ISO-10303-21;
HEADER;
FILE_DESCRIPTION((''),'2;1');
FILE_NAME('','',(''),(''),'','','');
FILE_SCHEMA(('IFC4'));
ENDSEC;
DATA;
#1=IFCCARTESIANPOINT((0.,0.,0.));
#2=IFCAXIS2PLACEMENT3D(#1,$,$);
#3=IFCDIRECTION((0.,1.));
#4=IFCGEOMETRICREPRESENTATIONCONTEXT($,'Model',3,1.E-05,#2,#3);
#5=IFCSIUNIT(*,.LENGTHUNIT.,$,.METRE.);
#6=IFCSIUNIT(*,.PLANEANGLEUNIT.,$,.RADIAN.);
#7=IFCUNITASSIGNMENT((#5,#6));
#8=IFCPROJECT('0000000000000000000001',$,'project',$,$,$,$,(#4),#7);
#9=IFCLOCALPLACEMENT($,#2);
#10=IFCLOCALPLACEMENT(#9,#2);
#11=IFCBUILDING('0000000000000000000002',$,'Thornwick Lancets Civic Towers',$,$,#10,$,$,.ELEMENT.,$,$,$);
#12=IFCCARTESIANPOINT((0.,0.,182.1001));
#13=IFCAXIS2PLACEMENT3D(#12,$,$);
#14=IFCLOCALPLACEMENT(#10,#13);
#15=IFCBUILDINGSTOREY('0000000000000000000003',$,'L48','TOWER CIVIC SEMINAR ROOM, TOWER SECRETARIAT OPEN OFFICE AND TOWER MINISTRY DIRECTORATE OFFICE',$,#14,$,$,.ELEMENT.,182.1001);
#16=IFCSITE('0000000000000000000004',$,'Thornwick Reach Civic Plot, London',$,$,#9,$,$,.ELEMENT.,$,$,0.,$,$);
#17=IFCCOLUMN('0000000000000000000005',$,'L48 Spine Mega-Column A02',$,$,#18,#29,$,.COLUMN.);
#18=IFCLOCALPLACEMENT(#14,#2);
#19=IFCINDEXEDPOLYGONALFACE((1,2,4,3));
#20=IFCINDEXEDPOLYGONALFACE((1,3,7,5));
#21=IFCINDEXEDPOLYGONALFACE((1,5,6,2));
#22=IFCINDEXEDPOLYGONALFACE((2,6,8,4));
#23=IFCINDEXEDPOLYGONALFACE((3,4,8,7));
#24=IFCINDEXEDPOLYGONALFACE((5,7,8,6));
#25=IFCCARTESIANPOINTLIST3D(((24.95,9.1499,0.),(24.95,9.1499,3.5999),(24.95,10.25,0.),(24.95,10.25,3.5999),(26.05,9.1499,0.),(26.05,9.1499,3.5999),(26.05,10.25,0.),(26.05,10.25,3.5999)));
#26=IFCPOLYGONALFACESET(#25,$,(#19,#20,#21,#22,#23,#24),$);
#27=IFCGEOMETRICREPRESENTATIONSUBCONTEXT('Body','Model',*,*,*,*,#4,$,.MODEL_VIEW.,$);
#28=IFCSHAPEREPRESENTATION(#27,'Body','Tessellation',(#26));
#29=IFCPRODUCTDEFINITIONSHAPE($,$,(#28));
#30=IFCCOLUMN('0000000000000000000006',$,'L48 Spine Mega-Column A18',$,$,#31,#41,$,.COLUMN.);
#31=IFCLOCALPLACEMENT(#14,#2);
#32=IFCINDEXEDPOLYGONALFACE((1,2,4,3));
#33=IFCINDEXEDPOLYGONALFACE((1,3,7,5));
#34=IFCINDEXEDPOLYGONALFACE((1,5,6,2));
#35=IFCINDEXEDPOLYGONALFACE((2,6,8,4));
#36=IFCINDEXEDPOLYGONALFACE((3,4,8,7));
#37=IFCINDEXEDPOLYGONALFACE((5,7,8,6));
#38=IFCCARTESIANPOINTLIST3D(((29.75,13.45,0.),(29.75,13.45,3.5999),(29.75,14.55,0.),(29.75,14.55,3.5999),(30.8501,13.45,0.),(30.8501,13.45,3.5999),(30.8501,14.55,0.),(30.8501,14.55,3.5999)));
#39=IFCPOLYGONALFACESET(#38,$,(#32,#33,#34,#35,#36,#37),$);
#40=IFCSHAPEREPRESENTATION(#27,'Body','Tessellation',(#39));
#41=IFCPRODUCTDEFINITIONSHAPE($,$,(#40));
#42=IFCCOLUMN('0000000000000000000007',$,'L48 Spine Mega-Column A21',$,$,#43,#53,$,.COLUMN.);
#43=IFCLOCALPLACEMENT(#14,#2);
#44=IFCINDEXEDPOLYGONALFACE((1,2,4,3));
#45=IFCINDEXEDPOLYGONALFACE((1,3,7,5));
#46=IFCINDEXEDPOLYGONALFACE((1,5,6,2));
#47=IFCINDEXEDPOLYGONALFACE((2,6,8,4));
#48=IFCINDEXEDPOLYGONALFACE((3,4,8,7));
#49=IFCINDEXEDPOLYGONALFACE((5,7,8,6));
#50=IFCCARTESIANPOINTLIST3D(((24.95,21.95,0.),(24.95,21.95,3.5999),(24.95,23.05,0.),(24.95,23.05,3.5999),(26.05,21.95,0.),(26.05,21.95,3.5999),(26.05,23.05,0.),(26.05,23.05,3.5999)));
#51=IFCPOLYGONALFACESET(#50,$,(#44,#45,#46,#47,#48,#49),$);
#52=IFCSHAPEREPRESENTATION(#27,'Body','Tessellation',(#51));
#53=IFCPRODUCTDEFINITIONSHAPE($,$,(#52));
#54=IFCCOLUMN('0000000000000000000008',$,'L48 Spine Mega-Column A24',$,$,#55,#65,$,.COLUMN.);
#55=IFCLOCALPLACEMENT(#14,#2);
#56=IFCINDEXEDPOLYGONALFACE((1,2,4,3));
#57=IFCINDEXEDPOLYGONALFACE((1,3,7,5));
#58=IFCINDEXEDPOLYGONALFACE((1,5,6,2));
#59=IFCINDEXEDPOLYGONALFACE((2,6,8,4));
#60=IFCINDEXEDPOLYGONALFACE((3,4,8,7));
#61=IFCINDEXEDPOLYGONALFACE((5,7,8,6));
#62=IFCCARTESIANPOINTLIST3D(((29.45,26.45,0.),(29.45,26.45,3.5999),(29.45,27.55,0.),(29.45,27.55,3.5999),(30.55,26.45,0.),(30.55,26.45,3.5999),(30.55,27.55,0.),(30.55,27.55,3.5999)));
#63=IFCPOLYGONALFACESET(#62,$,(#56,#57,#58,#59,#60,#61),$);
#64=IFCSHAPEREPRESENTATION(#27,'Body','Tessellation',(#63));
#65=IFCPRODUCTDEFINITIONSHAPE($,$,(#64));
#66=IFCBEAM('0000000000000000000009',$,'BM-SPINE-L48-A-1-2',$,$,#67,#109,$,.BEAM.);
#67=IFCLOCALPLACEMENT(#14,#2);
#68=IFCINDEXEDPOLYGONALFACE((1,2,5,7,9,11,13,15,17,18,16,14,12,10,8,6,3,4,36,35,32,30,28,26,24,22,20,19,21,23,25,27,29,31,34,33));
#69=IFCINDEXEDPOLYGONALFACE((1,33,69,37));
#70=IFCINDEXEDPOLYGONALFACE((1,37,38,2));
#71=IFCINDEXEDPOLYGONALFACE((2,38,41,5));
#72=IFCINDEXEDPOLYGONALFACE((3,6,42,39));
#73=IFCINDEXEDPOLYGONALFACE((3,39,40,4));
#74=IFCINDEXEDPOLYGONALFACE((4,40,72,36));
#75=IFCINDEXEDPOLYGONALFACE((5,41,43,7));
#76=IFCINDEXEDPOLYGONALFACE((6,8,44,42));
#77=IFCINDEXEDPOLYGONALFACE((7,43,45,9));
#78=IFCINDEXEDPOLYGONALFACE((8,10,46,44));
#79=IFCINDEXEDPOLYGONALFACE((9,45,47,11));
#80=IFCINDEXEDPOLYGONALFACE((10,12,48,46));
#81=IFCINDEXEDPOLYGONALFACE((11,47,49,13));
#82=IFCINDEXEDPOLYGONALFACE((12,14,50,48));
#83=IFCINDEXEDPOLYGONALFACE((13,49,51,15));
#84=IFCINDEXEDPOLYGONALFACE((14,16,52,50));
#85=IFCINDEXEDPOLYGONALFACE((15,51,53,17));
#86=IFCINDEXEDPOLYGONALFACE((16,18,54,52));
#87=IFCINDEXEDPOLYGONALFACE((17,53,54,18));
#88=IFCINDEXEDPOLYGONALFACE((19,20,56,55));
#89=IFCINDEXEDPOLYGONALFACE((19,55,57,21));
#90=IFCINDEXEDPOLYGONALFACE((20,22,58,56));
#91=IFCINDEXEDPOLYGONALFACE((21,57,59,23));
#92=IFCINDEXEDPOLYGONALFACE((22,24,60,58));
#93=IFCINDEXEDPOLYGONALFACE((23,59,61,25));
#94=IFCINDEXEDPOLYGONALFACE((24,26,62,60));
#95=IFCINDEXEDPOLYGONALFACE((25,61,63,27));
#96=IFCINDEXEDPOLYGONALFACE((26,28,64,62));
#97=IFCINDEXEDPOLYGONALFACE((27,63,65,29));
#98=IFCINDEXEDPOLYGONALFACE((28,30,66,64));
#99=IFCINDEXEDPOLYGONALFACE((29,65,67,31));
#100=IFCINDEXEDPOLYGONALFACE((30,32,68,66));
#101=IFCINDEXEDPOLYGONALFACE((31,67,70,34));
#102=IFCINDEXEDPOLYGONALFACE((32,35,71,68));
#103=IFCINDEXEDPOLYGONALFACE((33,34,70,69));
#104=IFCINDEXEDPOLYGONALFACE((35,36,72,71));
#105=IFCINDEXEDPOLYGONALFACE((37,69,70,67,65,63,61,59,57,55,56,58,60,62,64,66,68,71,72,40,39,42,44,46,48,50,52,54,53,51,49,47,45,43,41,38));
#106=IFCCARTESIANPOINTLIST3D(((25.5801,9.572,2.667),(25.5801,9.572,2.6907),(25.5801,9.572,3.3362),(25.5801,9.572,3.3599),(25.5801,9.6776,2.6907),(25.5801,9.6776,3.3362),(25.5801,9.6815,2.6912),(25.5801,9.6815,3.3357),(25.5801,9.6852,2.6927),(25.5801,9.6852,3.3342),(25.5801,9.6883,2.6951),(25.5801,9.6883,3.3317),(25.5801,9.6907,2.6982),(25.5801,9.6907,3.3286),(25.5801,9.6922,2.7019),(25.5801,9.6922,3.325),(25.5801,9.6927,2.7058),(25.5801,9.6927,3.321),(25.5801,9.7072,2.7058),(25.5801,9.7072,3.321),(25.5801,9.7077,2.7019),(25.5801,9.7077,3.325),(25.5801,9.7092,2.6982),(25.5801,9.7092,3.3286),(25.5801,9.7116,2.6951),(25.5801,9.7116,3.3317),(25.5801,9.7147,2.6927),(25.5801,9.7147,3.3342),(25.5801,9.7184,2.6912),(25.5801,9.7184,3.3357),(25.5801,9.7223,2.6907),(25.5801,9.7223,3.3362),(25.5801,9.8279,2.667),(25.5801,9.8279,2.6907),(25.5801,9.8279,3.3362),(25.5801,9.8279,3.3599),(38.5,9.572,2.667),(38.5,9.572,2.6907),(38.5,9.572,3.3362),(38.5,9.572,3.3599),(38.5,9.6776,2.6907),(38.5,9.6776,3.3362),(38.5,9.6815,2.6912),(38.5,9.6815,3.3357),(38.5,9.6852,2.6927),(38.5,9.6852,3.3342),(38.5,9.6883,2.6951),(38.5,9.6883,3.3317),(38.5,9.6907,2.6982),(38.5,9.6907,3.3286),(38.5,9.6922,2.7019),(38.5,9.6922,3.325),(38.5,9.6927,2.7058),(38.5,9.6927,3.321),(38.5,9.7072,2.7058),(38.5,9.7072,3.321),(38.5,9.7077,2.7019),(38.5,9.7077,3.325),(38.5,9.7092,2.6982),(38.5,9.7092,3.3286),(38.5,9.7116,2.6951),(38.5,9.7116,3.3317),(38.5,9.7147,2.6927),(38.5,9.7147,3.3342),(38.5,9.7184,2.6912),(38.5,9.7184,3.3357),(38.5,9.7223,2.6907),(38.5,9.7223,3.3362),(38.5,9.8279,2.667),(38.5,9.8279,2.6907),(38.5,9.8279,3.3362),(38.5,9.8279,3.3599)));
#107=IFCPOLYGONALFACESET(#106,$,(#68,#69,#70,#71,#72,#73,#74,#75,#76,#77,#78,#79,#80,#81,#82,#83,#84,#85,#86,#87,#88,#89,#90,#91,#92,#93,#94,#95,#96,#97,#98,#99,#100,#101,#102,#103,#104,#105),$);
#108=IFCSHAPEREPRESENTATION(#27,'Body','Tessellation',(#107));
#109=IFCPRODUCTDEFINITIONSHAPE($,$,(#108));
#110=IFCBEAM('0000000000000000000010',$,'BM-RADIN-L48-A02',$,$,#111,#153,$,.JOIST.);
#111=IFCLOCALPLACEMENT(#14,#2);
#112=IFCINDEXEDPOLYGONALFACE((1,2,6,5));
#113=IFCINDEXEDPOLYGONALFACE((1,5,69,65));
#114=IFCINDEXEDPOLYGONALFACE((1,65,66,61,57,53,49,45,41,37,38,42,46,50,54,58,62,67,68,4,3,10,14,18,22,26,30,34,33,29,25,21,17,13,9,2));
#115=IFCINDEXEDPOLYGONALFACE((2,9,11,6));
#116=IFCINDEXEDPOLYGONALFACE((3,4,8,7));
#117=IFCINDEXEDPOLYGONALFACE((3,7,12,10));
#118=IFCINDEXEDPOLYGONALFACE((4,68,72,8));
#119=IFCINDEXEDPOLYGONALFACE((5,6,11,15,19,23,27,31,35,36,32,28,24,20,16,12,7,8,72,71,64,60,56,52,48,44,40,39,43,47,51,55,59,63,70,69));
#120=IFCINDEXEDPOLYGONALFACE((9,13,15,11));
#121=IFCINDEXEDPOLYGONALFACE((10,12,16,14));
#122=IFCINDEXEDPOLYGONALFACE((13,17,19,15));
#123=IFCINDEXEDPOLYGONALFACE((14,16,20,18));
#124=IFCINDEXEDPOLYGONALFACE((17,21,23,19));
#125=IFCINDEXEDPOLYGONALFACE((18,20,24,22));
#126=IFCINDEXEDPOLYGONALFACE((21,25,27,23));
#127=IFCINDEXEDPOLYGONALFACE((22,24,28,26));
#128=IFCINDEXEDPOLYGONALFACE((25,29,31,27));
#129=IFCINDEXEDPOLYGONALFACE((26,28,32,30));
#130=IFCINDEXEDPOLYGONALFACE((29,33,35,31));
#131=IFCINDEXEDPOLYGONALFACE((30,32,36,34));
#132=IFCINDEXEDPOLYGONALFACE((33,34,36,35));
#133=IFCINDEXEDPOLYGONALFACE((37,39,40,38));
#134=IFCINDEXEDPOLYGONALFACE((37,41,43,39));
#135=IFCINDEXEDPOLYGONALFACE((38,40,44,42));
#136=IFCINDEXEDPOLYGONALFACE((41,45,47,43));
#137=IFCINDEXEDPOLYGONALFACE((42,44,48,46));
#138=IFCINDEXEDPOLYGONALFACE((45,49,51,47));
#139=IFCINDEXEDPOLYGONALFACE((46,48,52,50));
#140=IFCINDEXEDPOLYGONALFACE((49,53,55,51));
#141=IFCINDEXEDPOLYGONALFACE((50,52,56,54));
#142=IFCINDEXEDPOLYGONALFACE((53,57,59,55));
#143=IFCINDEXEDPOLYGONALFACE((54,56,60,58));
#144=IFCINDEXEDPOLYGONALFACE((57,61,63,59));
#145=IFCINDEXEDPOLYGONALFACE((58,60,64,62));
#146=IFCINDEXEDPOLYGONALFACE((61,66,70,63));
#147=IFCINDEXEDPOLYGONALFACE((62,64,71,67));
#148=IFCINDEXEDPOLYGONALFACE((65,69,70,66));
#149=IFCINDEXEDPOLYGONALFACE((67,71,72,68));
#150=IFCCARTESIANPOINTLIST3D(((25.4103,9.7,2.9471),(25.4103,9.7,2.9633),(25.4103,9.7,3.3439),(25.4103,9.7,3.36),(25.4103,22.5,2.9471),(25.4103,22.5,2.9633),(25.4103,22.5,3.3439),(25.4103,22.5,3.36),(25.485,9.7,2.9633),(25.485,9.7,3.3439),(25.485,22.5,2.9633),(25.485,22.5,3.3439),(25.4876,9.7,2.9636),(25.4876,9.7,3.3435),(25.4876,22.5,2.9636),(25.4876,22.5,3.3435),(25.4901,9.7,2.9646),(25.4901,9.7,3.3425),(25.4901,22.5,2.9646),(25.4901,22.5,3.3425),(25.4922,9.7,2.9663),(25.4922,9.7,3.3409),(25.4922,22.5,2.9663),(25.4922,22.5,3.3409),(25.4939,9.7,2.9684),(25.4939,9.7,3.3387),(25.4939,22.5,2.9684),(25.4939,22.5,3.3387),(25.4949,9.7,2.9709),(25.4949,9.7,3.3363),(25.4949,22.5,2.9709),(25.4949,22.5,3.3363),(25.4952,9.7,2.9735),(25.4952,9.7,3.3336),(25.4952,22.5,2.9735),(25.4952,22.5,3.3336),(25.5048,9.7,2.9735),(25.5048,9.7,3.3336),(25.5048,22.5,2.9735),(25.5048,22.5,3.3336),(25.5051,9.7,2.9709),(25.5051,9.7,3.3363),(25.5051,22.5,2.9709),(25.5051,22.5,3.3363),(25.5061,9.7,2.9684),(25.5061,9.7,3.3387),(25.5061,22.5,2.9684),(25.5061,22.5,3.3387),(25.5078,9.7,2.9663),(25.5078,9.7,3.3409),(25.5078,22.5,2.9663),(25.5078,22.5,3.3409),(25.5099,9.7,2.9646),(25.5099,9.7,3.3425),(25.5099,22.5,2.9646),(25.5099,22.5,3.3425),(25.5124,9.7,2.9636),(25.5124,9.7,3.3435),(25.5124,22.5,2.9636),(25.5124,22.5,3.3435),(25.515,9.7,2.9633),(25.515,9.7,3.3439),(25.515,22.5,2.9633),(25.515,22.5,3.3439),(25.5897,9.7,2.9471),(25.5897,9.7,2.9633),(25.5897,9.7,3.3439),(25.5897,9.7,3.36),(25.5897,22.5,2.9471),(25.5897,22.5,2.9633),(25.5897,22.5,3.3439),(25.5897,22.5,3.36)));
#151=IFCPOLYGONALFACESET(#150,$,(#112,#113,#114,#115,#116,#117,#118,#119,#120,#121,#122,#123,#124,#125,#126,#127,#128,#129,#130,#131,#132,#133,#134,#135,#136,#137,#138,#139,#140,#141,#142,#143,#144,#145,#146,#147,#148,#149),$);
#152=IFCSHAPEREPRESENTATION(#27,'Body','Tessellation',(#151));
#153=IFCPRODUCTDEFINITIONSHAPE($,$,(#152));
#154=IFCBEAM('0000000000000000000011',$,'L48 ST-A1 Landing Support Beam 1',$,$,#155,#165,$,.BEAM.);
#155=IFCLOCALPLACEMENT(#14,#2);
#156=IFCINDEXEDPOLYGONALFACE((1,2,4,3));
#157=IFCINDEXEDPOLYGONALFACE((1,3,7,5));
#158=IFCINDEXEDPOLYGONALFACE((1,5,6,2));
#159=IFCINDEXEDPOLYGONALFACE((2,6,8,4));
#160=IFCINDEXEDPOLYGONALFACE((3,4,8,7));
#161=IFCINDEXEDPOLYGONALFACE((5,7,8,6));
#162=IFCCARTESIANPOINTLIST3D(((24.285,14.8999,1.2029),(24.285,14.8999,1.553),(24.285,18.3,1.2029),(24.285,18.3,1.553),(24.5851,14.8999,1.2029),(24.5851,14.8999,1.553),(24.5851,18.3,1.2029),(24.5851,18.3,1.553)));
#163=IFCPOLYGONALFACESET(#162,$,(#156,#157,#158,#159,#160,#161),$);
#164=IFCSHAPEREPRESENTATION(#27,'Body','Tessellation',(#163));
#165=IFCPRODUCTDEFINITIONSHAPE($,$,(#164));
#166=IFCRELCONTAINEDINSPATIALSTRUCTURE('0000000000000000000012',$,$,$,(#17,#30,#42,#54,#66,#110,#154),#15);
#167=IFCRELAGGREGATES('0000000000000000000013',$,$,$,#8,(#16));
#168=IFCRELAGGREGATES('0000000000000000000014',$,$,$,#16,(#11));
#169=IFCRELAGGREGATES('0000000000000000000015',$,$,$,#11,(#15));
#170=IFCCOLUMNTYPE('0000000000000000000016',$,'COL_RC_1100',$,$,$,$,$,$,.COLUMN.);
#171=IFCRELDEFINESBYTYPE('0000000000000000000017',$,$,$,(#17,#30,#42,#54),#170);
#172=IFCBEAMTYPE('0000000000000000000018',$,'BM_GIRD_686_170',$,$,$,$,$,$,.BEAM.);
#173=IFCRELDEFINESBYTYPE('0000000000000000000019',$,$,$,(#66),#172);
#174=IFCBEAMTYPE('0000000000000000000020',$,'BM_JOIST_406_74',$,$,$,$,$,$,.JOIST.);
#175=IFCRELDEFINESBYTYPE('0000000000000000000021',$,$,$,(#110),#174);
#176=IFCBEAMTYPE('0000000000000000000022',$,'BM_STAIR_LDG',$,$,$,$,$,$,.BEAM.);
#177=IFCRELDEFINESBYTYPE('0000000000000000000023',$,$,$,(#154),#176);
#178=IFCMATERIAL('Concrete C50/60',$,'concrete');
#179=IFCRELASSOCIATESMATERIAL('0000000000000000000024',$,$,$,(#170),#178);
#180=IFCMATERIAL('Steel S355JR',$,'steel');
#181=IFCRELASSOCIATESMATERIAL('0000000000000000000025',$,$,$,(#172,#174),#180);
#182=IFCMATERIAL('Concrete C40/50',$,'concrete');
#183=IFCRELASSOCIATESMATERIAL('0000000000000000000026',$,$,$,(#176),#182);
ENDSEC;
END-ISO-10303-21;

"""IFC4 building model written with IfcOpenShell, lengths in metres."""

from ifc_helpers import new_model, si_unit, direction, frame, origin, origin_2d, place, context, subcontext, project, spatial, rectangle, i_section, extrude, material, material_profile, profile_set, type_object, element, save


model = new_model("IFC4")

# Units and contexts
model_context = context("Model", 3, precision=1e-05, world=origin(), true_north=direction((0.0, 1.0)))
body_context = subcontext(model_context, "Body", "Model", "MODEL_VIEW")
ifc_project = project(units=[si_unit("LENGTHUNIT", "METRE"), si_unit("PLANEANGLEUNIT", "RADIAN")], contexts=[model_context])

# Site, building, storey
site_placement = place(None, origin())
site = spatial("IfcSite", under=ifc_project, at=site_placement, Name="Thornwick Reach Civic Plot, London", CompositionType="ELEMENT", RefElevation=0.0)
building_placement = place(site_placement, origin())
building = spatial("IfcBuilding", under=site, at=building_placement, Name="Thornwick Lancets Civic Towers", CompositionType="ELEMENT")
storey_placement = place(building_placement, frame((0.0, 0.0, 182.1001)))
storey = spatial("IfcBuildingStorey", under=building, at=storey_placement, Name="L48", Description="TOWER CIVIC SEMINAR ROOM, TOWER SECRETARIAT OPEN OFFICE AND TOWER MINISTRY DIRECTORATE OFFICE", CompositionType="ELEMENT", Elevation=182.1001)

# Columns
ifc_material_1 = material(Name="Concrete C50/60", Category="concrete")
ifc_material_profile_1 = material_profile(ifc_material_1, rectangle(XDim=1.1001, YDim=1.1001, at=origin_2d()), Name="RC 1100x1100")
ifc_profile_set_1 = profile_set([ifc_material_profile_1], Name="Concrete C50/60")
column_type = type_object("IfcColumnType", Name="COL_RC_1100", PredefinedType="COLUMN", material=ifc_profile_set_1)
for number, where, z_axis, x_axis, name in (
    (1, (25.5, 9.7, 0.0), (0.0, 0.0, 1.0), (1.0, 0.0, 0.0), "L48 Spine Mega-Column A02"),
    (2, (30.3, 14.0, 0.0), (0.0, 0.0, 1.0), (1.0, 0.0, 0.0), "L48 Spine Mega-Column A18"),
    (3, (25.5, 22.5, 0.0), (0.0, 0.0, 1.0), (1.0, 0.0, 0.0), "L48 Spine Mega-Column A21"),
    (4, (30.0, 27.0, 0.0), (0.0, 0.0, 1.0), (1.0, 0.0, 0.0), "L48 Spine Mega-Column A24"),
):
    element("IfcColumn", number, at=place(storey_placement, frame(where, z_axis=z_axis, x_axis=x_axis)), inside=storey, type_object=column_type, Name=name, PredefinedType="COLUMN", context=body_context, shape_type="SweptSolid", body=[
        extrude(rectangle(XDim=1.1001, YDim=1.1001, at=origin_2d()), origin(), (0.0, 0.0, 1.0), 3.5999),
    ])

# Beams
ifc_material_2 = material(Name="Steel S355JR", Category="steel")
ifc_material_profile_2 = material_profile(ifc_material_2, i_section(OverallWidth=0.2559, OverallDepth=0.6929, WebThickness=0.0144, FlangeThickness=0.0237, FilletRadius=0.0151, at=origin_2d()), Name="UKB 686x254x170")
ifc_profile_set_2 = profile_set([ifc_material_profile_2], Name="Steel S355JR")
beam_type_1 = type_object("IfcBeamType", Name="BM_GIRD_686_170", PredefinedType="BEAM", material=ifc_profile_set_2)
beam_1_placement = place(storey_placement, frame((25.5801, 9.7, 3.0134), z_axis=(1.0, 0.0, 0.0), x_axis=(0.0, 1.0, 0.0)))
element("IfcBeam", 5, at=beam_1_placement, inside=storey, type_object=beam_type_1, Name="BM-SPINE-L48-A-1-2", PredefinedType="BEAM", context=body_context, shape_type="SweptSolid", body=[
    extrude(i_section(OverallWidth=0.2559, OverallDepth=0.6929, WebThickness=0.0144, FlangeThickness=0.0237, FilletRadius=0.0151, at=origin_2d()), origin(), (0.0, 0.0, 1.0), 12.9199),
])
ifc_material_profile_3 = material_profile(ifc_material_2, i_section(OverallWidth=0.1794, OverallDepth=0.4128, WebThickness=0.0095, FlangeThickness=0.0161, FilletRadius=0.0103, at=origin_2d()), Name="UKB 406x178x74")
ifc_profile_set_3 = profile_set([ifc_material_profile_3], Name="Steel S355JR")
beam_type_2 = type_object("IfcBeamType", Name="BM_JOIST_406_74", PredefinedType="JOIST", material=ifc_profile_set_3)
beam_2_placement = place(storey_placement, frame((25.5, 22.5, 3.1536), z_axis=(0.0, -1.0, 0.0), x_axis=(1.0, 0.0, 0.0)))
element("IfcBeam", 6, at=beam_2_placement, inside=storey, type_object=beam_type_2, Name="BM-RADIN-L48-A02", PredefinedType="JOIST", context=body_context, shape_type="SweptSolid", body=[
    extrude(i_section(OverallWidth=0.1794, OverallDepth=0.4128, WebThickness=0.0095, FlangeThickness=0.0161, FilletRadius=0.0103, at=origin_2d()), origin(), (0.0, 0.0, 1.0), 12.8),
])
ifc_material_3 = material(Name="Concrete C40/50", Category="concrete")
ifc_material_profile_4 = material_profile(ifc_material_3, rectangle(XDim=0.3, YDim=0.3501, at=origin_2d()), Name="RC 300x350")
ifc_profile_set_4 = profile_set([ifc_material_profile_4], Name="Concrete C40/50")
beam_type_3 = type_object("IfcBeamType", Name="BM_STAIR_LDG", PredefinedType="BEAM", material=ifc_profile_set_4)
beam_3_placement = place(storey_placement, frame((24.4351, 14.8999, 1.3779), z_axis=(0.0, 1.0, 0.0), x_axis=(-1.0, 0.0, 0.0)))
element("IfcBeam", 7, at=beam_3_placement, inside=storey, type_object=beam_type_3, Name="L48 ST-A1 Landing Support Beam 1", PredefinedType="BEAM", context=body_context, shape_type="SweptSolid", body=[
    extrude(rectangle(XDim=0.3, YDim=0.3501, at=origin_2d()), origin(), (0.0, 0.0, 1.0), 3.4001),
])

save(model, "model.ifc")
